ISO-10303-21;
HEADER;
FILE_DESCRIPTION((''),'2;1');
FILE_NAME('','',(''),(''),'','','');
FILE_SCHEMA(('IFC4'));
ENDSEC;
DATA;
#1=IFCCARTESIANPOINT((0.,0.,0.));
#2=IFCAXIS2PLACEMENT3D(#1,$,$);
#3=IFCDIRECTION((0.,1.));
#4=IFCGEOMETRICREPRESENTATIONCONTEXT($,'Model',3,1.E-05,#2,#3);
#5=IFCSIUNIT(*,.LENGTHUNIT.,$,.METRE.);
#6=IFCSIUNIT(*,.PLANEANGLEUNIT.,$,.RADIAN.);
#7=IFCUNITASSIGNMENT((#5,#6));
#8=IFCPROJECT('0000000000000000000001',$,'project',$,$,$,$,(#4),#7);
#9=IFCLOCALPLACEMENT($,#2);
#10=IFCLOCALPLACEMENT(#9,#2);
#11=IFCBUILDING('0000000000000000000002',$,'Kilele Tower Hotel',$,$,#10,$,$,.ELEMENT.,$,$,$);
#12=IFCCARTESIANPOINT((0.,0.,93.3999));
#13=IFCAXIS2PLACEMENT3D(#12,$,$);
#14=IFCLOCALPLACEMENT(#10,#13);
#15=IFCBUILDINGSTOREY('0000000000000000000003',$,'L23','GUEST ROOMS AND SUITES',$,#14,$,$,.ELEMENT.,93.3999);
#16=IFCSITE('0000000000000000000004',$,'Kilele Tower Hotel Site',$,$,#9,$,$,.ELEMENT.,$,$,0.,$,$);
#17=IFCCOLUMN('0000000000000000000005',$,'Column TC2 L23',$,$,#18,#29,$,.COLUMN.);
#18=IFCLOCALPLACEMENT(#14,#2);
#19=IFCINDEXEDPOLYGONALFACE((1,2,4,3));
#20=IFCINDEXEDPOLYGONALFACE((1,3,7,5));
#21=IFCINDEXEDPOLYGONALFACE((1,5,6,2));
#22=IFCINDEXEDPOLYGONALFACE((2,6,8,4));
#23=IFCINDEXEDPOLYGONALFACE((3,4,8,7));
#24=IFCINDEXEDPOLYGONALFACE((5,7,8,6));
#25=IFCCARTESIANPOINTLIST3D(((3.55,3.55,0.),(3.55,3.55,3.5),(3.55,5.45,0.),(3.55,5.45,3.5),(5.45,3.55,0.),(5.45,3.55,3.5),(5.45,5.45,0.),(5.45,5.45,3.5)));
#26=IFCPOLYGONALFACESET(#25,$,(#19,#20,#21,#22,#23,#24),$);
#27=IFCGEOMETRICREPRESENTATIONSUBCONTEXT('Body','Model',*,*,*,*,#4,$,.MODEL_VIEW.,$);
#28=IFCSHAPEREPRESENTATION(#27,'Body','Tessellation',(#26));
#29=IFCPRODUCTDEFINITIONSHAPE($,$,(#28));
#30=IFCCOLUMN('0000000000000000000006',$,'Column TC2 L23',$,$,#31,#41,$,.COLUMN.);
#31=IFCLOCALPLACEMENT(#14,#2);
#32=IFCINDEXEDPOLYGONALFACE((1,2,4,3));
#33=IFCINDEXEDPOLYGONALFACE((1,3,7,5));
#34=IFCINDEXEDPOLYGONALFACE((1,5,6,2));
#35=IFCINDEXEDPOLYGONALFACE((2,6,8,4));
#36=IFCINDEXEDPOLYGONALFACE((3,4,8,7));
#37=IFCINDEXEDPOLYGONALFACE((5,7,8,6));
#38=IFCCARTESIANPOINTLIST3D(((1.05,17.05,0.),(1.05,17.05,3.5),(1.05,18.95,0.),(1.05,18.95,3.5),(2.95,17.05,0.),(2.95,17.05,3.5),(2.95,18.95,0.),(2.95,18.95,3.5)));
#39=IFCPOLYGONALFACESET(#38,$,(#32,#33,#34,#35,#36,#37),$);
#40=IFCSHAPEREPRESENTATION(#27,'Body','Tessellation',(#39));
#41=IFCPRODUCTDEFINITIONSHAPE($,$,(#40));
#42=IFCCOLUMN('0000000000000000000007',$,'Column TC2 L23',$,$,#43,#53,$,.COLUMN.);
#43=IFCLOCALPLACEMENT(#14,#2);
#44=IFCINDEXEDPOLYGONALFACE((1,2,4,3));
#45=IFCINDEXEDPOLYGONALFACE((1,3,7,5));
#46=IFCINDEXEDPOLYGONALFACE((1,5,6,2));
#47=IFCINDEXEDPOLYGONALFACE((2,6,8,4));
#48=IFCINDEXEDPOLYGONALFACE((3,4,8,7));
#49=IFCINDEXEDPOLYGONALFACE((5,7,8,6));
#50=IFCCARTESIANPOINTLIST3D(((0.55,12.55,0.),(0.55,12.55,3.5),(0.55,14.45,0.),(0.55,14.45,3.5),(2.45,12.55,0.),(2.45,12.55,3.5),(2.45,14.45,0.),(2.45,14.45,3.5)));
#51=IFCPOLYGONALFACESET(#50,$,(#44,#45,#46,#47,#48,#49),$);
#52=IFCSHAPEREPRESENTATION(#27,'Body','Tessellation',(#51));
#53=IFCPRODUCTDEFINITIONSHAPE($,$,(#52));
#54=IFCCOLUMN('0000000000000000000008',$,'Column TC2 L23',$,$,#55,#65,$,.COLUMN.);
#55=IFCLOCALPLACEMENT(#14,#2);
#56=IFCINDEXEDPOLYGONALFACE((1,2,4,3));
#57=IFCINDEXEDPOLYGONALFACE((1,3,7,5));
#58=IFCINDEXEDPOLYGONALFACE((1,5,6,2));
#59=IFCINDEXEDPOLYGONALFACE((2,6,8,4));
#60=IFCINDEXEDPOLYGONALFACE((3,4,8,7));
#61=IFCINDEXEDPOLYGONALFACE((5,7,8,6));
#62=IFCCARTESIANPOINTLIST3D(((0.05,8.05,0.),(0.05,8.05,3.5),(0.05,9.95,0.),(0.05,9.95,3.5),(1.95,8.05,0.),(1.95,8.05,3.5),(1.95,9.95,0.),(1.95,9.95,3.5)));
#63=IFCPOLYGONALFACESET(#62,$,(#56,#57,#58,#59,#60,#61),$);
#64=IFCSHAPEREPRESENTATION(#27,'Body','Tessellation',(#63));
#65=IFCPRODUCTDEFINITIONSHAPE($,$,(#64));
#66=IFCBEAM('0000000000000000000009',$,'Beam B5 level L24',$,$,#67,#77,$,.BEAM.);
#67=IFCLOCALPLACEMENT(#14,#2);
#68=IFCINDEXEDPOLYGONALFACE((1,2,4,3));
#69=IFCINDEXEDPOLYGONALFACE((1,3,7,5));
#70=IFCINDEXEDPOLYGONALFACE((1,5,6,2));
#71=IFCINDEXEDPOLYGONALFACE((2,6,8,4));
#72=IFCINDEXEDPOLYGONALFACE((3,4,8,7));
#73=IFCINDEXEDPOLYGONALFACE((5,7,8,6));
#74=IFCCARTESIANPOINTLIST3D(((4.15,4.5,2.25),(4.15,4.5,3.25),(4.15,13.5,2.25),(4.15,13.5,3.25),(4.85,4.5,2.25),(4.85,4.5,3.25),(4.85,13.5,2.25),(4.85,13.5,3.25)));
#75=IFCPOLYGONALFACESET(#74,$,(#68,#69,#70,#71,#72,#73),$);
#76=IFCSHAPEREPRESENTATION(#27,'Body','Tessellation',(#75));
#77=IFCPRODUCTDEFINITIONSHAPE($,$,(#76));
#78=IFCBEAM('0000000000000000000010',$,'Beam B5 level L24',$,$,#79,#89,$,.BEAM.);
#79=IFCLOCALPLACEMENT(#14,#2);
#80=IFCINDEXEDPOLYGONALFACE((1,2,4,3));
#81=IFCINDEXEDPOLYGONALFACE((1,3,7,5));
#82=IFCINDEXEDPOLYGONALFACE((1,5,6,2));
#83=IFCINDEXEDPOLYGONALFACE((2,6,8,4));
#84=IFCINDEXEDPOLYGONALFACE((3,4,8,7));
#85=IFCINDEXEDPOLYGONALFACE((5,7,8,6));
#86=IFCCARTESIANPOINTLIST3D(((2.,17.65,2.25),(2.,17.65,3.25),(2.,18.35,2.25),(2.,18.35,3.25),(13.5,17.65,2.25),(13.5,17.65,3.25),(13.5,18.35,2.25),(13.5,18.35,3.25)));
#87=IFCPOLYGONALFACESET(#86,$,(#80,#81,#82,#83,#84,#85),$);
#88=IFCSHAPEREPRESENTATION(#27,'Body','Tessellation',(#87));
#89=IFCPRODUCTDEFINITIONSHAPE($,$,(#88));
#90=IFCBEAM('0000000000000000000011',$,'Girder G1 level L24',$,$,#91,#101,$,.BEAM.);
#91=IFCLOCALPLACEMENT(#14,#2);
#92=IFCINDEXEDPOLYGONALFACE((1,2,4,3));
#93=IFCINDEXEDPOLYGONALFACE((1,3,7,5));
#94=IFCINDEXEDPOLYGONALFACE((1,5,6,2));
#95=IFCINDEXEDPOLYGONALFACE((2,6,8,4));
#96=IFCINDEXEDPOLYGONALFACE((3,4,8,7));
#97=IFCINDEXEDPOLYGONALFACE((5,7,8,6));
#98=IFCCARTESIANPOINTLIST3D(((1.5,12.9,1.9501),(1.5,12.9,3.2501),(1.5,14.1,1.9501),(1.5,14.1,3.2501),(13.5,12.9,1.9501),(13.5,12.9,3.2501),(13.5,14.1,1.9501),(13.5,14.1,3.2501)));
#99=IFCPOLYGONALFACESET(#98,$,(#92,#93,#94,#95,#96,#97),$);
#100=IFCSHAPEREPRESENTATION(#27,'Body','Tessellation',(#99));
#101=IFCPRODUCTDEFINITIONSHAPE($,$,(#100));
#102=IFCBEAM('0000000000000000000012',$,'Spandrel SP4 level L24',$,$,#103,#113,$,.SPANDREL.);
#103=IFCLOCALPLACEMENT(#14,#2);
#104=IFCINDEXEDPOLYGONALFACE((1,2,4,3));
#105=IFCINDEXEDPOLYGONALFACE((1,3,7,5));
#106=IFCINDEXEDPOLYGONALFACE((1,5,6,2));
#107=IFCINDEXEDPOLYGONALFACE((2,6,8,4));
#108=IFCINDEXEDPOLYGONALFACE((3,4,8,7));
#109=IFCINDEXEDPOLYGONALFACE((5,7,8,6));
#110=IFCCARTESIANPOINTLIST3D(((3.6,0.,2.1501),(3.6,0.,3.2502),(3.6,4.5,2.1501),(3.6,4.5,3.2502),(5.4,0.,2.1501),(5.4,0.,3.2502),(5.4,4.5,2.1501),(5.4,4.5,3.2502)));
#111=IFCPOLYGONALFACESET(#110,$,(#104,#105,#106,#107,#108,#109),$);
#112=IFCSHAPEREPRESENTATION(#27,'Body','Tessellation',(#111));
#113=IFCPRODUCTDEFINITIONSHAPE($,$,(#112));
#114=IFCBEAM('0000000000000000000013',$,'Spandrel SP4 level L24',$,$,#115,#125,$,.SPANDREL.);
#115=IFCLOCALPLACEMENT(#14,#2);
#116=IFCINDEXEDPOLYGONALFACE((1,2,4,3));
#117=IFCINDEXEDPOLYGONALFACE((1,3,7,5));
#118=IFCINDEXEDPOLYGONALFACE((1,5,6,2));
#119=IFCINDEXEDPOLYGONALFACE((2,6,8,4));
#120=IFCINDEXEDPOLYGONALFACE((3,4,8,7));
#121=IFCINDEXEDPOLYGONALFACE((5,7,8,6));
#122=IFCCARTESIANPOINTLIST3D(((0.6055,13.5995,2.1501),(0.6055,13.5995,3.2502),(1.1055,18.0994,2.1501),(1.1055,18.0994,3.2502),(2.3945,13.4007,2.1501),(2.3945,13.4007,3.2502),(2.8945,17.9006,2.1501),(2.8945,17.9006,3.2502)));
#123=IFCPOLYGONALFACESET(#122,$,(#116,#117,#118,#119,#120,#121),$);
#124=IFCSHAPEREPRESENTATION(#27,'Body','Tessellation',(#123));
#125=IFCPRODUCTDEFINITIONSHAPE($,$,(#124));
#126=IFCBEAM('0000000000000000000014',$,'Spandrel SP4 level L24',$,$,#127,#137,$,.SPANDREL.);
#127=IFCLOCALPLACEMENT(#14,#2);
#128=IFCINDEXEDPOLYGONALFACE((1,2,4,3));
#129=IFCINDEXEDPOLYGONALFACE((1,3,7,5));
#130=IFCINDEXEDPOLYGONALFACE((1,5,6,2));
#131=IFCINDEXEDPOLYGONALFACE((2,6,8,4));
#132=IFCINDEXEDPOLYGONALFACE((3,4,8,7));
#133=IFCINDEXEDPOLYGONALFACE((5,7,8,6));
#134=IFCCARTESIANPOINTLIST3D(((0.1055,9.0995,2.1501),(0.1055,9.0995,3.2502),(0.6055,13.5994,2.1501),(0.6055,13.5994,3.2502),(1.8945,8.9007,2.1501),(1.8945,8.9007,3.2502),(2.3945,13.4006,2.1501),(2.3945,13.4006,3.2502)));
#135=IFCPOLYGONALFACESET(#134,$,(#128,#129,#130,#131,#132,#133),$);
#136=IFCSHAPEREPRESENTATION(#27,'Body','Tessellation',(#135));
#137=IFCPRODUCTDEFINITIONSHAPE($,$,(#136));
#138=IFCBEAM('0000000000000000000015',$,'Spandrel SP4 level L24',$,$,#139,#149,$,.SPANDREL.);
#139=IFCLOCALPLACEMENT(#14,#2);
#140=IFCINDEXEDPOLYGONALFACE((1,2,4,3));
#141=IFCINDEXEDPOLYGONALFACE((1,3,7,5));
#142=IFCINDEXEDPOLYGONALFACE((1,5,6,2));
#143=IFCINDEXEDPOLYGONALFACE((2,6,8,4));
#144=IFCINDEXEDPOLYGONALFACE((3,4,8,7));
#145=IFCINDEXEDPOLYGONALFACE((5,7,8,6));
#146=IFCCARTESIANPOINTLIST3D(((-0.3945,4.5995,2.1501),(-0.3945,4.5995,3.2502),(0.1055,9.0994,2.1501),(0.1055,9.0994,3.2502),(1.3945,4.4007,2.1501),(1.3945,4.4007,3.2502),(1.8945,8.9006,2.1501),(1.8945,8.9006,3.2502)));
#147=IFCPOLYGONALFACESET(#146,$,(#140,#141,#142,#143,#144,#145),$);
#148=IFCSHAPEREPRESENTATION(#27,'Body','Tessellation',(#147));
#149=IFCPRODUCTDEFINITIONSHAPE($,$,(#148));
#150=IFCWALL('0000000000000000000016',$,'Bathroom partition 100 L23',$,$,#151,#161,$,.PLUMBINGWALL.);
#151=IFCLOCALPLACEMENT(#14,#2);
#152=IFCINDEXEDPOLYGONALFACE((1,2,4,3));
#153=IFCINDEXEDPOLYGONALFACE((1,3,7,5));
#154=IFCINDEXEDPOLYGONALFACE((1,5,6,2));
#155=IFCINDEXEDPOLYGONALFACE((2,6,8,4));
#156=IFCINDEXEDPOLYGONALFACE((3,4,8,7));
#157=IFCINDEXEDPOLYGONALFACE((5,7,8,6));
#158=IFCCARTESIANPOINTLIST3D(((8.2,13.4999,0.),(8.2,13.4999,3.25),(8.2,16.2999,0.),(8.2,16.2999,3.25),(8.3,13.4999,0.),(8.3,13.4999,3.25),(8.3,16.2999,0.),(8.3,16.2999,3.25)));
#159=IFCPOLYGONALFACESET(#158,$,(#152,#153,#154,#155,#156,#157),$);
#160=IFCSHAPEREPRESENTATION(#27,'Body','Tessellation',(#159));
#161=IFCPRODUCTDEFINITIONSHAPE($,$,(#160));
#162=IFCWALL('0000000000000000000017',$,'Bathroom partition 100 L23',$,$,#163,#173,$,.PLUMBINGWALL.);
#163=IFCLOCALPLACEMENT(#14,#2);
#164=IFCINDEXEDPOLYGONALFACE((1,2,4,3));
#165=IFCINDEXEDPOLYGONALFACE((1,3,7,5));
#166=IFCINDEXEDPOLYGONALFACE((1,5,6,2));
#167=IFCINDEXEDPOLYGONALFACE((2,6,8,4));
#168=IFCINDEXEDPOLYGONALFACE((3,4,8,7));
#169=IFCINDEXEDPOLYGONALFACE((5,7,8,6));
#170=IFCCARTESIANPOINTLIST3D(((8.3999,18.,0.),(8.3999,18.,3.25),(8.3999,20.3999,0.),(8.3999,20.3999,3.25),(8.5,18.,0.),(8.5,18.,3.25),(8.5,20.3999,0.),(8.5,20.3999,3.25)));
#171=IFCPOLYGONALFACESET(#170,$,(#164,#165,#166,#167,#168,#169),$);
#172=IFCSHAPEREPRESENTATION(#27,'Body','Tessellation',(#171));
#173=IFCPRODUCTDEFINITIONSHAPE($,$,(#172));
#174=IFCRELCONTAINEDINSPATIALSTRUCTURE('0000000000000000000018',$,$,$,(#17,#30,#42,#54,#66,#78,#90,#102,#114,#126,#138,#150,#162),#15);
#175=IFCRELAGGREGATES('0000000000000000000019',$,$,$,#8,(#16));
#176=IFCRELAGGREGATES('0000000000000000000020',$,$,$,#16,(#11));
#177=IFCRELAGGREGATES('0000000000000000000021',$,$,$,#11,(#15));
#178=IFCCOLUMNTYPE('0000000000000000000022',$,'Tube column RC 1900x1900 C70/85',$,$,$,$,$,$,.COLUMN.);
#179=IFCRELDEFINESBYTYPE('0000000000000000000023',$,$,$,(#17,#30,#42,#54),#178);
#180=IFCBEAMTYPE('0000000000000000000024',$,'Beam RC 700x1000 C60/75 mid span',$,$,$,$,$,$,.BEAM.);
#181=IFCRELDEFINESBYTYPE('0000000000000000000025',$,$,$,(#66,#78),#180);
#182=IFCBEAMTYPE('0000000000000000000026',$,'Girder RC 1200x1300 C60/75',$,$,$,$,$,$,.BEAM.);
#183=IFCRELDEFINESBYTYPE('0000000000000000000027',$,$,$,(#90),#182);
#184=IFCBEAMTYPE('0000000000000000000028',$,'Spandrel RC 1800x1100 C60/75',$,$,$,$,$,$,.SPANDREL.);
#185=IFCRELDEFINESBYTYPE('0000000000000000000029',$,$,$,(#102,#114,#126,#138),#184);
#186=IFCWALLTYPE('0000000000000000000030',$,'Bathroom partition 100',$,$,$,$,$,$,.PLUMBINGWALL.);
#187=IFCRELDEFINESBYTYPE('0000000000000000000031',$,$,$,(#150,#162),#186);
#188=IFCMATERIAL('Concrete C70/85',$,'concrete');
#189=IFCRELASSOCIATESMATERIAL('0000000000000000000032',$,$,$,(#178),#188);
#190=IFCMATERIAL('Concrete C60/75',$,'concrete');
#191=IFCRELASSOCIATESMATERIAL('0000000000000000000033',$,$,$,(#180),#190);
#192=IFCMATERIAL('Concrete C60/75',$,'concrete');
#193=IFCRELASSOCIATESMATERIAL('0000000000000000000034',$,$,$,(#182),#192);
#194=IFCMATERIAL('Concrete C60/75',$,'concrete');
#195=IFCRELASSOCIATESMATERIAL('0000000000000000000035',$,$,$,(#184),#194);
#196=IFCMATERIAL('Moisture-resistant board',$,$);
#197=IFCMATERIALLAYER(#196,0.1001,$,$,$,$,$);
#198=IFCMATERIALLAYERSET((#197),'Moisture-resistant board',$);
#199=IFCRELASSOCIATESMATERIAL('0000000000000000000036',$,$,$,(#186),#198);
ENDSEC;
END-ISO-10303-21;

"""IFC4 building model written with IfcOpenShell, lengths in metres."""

from ifc_helpers import new_model, si_unit, direction, frame, frame_2d, origin, origin_2d, place, context, subcontext, project, spatial, rectangle, extrude, material, layer, layer_set, material_profile, profile_set, type_object, element, save


model = new_model("IFC4")

# Units and contexts
model_context = context("Model", 3, precision=1e-05, world=origin(), true_north=direction((0.0, 1.0)))
body_context = subcontext(model_context, "Body", "Model", "MODEL_VIEW")
ifc_project = project(units=[si_unit("LENGTHUNIT", "METRE"), si_unit("PLANEANGLEUNIT", "RADIAN")], contexts=[model_context])

# Site, building, storey
site_placement = place(None, origin())
site = spatial("IfcSite", under=ifc_project, at=site_placement, Name="Kilele Tower Hotel Site", CompositionType="ELEMENT", RefElevation=0.0)
building_placement = place(site_placement, origin())
building = spatial("IfcBuilding", under=site, at=building_placement, Name="Kilele Tower Hotel", CompositionType="ELEMENT")
storey_placement = place(building_placement, frame((0.0, 0.0, 93.3999)))
storey = spatial("IfcBuildingStorey", under=building, at=storey_placement, Name="L23", Description="GUEST ROOMS AND SUITES", CompositionType="ELEMENT", Elevation=93.3999)

# Columns
ifc_material_1 = material(Name="Concrete C70/85", Category="concrete")
ifc_material_profile_1 = material_profile(ifc_material_1, rectangle(XDim=1.8999, YDim=1.8999, at=origin_2d()))
ifc_profile_set_1 = profile_set([ifc_material_profile_1], Name="Concrete C70/85")
column_type = type_object("IfcColumnType", Name="Tube column RC 1900x1900 C70/85", PredefinedType="COLUMN", material=ifc_profile_set_1)
for number, where, z_axis, x_axis, name in (
    (1, (4.5, 4.5, 0.0), (0.0, 0.0, 1.0), (1.0, 0.0, 0.0), "Column TC2 L23"),
    (2, (2.0, 18.0, 0.0), (0.0, 0.0, 1.0), (1.0, 0.0, 0.0), "Column TC2 L23"),
    (3, (1.5, 13.5, 0.0), (0.0, 0.0, 1.0), (1.0, 0.0, 0.0), "Column TC2 L23"),
    (4, (1.0, 9.0, 0.0), (0.0, 0.0, 1.0), (1.0, 0.0, 0.0), "Column TC2 L23"),
):
    element("IfcColumn", number, at=place(storey_placement, frame(where, z_axis=z_axis, x_axis=x_axis)), inside=storey, type_object=column_type, Name=name, PredefinedType="COLUMN", context=body_context, shape_type="SweptSolid", body=[
        extrude(rectangle(XDim=1.8999, YDim=1.8999, at=origin_2d()), origin(), (0.0, 0.0, 1.0), 3.5),
    ])

# Beams
ifc_material_2 = material(Name="Concrete C60/75", Category="concrete")
ifc_material_profile_2 = material_profile(ifc_material_2, rectangle(XDim=0.7, YDim=1.0, at=origin_2d()))
ifc_profile_set_2 = profile_set([ifc_material_profile_2], Name="Concrete C60/75")
beam_type_1 = type_object("IfcBeamType", Name="Beam RC 700x1000 C60/75 mid span", PredefinedType="BEAM", material=ifc_profile_set_2)
beam_1_placement = place(storey_placement, frame((4.5, 4.5, 2.75), z_axis=(0.0, 1.0, 0.0), x_axis=(-1.0, 0.0, 0.0)))
element("IfcBeam", 5, at=beam_1_placement, inside=storey, type_object=beam_type_1, Name="Beam B5 level L24", PredefinedType="BEAM", context=body_context, shape_type="SweptSolid", body=[
    extrude(rectangle(XDim=0.7, YDim=1.0, at=origin_2d()), origin(), (0.0, 0.0, 1.0), 9.0),
])
beam_2_placement = place(storey_placement, frame((2.0, 18.0, 2.75), z_axis=(1.0, 0.0, 0.0), x_axis=(0.0, 1.0, 0.0)))
element("IfcBeam", 6, at=beam_2_placement, inside=storey, type_object=beam_type_1, Name="Beam B5 level L24", PredefinedType="BEAM", context=body_context, shape_type="SweptSolid", body=[
    extrude(rectangle(XDim=0.7, YDim=1.0, at=origin_2d()), origin(), (0.0, 0.0, 1.0), 11.5),
])
ifc_material_3 = material(Name="Concrete C60/75", Category="concrete")
ifc_material_profile_3 = material_profile(ifc_material_3, rectangle(XDim=1.2, YDim=1.3, at=origin_2d()))
ifc_profile_set_3 = profile_set([ifc_material_profile_3], Name="Concrete C60/75")
beam_type_2 = type_object("IfcBeamType", Name="Girder RC 1200x1300 C60/75", PredefinedType="BEAM", material=ifc_profile_set_3)
beam_3_placement = place(storey_placement, frame((1.5, 13.5, 2.6001), z_axis=(1.0, 0.0, 0.0), x_axis=(0.0, 1.0, 0.0)))
element("IfcBeam", 7, at=beam_3_placement, inside=storey, type_object=beam_type_2, Name="Girder G1 level L24", PredefinedType="BEAM", context=body_context, shape_type="SweptSolid", body=[
    extrude(rectangle(XDim=1.2, YDim=1.3, at=origin_2d()), origin(), (0.0, 0.0, 1.0), 12.0),
])
ifc_material_4 = material(Name="Concrete C60/75", Category="concrete")
ifc_material_profile_4 = material_profile(ifc_material_4, rectangle(XDim=1.8, YDim=1.1001, at=origin_2d()))
ifc_profile_set_4 = profile_set([ifc_material_profile_4], Name="Concrete C60/75")
beam_type_3 = type_object("IfcBeamType", Name="Spandrel RC 1800x1100 C60/75", PredefinedType="SPANDREL", material=ifc_profile_set_4)
beam_4_placement = place(storey_placement, frame((4.5, 4.5, 2.7002), z_axis=(0.0, -1.0, 0.0), x_axis=(1.0, 0.0, 0.0)))
element("IfcBeam", 8, at=beam_4_placement, inside=storey, type_object=beam_type_3, Name="Spandrel SP4 level L24", PredefinedType="SPANDREL", context=body_context, shape_type="SweptSolid", body=[
    extrude(rectangle(XDim=1.8, YDim=1.1001, at=origin_2d()), origin(), (0.0, 0.0, 1.0), 4.5),
])
for number, where, z_axis, x_axis, name in (
    (9, (2.0, 18.0, 2.7002), (-0.110432, -0.993884, 0.0), (0.993884, -0.110432, 0.0), "Spandrel SP4 level L24"),
    (10, (1.5, 13.5, 2.7002), (-0.110432, -0.993884, 0.0), (0.993884, -0.110432, 0.0), "Spandrel SP4 level L24"),
    (11, (1.0, 9.0, 2.7002), (-0.110432, -0.993884, 0.0), (0.993884, -0.110432, 0.0), "Spandrel SP4 level L24"),
):
    element("IfcBeam", number, at=place(storey_placement, frame(where, z_axis=z_axis, x_axis=x_axis)), inside=storey, type_object=beam_type_3, Name=name, PredefinedType="SPANDREL", context=body_context, shape_type="SweptSolid", body=[
        extrude(rectangle(XDim=1.8, YDim=1.1001, at=origin_2d()), origin(), (0.0, 0.0, 1.0), 4.5276),
    ])

# Walls
ifc_material_5 = material(Name="Moisture-resistant board")
ifc_layer_1 = layer(ifc_material_5, 0.1001)
ifc_layer_set_1 = layer_set([ifc_layer_1], Name="Moisture-resistant board")
wall_type_1 = type_object("IfcWallType", Name="Bathroom partition 100", PredefinedType="PLUMBINGWALL", material=ifc_layer_set_1)
wall_1_placement = place(storey_placement, frame((8.25, 13.5, 0.0), z_axis=(0.0, 0.0, 1.0), x_axis=(0.0, 1.0, 0.0)))
element("IfcWall", 12, at=wall_1_placement, inside=storey, type_object=wall_type_1, Name="Bathroom partition 100 L23", PredefinedType="PLUMBINGWALL", context=body_context, shape_type="SweptSolid", body=[
    extrude(rectangle(XDim=2.8, YDim=0.1001, at=frame_2d((1.3999, 0.0))), origin(), (0.0, 0.0, 1.0), 3.25),
])
wall_2_placement = place(storey_placement, frame((8.45, 18.0, 0.0), z_axis=(0.0, 0.0, 1.0), x_axis=(0.0, 1.0, 0.0)))
element("IfcWall", 13, at=wall_2_placement, inside=storey, type_object=wall_type_1, Name="Bathroom partition 100 L23", PredefinedType="PLUMBINGWALL", context=body_context, shape_type="SweptSolid", body=[
    extrude(rectangle(XDim=2.3999, YDim=0.1001, at=frame_2d((1.2, 0.0))), origin(), (0.0, 0.0, 1.0), 3.25),
])

save(model, "model.ifc")
